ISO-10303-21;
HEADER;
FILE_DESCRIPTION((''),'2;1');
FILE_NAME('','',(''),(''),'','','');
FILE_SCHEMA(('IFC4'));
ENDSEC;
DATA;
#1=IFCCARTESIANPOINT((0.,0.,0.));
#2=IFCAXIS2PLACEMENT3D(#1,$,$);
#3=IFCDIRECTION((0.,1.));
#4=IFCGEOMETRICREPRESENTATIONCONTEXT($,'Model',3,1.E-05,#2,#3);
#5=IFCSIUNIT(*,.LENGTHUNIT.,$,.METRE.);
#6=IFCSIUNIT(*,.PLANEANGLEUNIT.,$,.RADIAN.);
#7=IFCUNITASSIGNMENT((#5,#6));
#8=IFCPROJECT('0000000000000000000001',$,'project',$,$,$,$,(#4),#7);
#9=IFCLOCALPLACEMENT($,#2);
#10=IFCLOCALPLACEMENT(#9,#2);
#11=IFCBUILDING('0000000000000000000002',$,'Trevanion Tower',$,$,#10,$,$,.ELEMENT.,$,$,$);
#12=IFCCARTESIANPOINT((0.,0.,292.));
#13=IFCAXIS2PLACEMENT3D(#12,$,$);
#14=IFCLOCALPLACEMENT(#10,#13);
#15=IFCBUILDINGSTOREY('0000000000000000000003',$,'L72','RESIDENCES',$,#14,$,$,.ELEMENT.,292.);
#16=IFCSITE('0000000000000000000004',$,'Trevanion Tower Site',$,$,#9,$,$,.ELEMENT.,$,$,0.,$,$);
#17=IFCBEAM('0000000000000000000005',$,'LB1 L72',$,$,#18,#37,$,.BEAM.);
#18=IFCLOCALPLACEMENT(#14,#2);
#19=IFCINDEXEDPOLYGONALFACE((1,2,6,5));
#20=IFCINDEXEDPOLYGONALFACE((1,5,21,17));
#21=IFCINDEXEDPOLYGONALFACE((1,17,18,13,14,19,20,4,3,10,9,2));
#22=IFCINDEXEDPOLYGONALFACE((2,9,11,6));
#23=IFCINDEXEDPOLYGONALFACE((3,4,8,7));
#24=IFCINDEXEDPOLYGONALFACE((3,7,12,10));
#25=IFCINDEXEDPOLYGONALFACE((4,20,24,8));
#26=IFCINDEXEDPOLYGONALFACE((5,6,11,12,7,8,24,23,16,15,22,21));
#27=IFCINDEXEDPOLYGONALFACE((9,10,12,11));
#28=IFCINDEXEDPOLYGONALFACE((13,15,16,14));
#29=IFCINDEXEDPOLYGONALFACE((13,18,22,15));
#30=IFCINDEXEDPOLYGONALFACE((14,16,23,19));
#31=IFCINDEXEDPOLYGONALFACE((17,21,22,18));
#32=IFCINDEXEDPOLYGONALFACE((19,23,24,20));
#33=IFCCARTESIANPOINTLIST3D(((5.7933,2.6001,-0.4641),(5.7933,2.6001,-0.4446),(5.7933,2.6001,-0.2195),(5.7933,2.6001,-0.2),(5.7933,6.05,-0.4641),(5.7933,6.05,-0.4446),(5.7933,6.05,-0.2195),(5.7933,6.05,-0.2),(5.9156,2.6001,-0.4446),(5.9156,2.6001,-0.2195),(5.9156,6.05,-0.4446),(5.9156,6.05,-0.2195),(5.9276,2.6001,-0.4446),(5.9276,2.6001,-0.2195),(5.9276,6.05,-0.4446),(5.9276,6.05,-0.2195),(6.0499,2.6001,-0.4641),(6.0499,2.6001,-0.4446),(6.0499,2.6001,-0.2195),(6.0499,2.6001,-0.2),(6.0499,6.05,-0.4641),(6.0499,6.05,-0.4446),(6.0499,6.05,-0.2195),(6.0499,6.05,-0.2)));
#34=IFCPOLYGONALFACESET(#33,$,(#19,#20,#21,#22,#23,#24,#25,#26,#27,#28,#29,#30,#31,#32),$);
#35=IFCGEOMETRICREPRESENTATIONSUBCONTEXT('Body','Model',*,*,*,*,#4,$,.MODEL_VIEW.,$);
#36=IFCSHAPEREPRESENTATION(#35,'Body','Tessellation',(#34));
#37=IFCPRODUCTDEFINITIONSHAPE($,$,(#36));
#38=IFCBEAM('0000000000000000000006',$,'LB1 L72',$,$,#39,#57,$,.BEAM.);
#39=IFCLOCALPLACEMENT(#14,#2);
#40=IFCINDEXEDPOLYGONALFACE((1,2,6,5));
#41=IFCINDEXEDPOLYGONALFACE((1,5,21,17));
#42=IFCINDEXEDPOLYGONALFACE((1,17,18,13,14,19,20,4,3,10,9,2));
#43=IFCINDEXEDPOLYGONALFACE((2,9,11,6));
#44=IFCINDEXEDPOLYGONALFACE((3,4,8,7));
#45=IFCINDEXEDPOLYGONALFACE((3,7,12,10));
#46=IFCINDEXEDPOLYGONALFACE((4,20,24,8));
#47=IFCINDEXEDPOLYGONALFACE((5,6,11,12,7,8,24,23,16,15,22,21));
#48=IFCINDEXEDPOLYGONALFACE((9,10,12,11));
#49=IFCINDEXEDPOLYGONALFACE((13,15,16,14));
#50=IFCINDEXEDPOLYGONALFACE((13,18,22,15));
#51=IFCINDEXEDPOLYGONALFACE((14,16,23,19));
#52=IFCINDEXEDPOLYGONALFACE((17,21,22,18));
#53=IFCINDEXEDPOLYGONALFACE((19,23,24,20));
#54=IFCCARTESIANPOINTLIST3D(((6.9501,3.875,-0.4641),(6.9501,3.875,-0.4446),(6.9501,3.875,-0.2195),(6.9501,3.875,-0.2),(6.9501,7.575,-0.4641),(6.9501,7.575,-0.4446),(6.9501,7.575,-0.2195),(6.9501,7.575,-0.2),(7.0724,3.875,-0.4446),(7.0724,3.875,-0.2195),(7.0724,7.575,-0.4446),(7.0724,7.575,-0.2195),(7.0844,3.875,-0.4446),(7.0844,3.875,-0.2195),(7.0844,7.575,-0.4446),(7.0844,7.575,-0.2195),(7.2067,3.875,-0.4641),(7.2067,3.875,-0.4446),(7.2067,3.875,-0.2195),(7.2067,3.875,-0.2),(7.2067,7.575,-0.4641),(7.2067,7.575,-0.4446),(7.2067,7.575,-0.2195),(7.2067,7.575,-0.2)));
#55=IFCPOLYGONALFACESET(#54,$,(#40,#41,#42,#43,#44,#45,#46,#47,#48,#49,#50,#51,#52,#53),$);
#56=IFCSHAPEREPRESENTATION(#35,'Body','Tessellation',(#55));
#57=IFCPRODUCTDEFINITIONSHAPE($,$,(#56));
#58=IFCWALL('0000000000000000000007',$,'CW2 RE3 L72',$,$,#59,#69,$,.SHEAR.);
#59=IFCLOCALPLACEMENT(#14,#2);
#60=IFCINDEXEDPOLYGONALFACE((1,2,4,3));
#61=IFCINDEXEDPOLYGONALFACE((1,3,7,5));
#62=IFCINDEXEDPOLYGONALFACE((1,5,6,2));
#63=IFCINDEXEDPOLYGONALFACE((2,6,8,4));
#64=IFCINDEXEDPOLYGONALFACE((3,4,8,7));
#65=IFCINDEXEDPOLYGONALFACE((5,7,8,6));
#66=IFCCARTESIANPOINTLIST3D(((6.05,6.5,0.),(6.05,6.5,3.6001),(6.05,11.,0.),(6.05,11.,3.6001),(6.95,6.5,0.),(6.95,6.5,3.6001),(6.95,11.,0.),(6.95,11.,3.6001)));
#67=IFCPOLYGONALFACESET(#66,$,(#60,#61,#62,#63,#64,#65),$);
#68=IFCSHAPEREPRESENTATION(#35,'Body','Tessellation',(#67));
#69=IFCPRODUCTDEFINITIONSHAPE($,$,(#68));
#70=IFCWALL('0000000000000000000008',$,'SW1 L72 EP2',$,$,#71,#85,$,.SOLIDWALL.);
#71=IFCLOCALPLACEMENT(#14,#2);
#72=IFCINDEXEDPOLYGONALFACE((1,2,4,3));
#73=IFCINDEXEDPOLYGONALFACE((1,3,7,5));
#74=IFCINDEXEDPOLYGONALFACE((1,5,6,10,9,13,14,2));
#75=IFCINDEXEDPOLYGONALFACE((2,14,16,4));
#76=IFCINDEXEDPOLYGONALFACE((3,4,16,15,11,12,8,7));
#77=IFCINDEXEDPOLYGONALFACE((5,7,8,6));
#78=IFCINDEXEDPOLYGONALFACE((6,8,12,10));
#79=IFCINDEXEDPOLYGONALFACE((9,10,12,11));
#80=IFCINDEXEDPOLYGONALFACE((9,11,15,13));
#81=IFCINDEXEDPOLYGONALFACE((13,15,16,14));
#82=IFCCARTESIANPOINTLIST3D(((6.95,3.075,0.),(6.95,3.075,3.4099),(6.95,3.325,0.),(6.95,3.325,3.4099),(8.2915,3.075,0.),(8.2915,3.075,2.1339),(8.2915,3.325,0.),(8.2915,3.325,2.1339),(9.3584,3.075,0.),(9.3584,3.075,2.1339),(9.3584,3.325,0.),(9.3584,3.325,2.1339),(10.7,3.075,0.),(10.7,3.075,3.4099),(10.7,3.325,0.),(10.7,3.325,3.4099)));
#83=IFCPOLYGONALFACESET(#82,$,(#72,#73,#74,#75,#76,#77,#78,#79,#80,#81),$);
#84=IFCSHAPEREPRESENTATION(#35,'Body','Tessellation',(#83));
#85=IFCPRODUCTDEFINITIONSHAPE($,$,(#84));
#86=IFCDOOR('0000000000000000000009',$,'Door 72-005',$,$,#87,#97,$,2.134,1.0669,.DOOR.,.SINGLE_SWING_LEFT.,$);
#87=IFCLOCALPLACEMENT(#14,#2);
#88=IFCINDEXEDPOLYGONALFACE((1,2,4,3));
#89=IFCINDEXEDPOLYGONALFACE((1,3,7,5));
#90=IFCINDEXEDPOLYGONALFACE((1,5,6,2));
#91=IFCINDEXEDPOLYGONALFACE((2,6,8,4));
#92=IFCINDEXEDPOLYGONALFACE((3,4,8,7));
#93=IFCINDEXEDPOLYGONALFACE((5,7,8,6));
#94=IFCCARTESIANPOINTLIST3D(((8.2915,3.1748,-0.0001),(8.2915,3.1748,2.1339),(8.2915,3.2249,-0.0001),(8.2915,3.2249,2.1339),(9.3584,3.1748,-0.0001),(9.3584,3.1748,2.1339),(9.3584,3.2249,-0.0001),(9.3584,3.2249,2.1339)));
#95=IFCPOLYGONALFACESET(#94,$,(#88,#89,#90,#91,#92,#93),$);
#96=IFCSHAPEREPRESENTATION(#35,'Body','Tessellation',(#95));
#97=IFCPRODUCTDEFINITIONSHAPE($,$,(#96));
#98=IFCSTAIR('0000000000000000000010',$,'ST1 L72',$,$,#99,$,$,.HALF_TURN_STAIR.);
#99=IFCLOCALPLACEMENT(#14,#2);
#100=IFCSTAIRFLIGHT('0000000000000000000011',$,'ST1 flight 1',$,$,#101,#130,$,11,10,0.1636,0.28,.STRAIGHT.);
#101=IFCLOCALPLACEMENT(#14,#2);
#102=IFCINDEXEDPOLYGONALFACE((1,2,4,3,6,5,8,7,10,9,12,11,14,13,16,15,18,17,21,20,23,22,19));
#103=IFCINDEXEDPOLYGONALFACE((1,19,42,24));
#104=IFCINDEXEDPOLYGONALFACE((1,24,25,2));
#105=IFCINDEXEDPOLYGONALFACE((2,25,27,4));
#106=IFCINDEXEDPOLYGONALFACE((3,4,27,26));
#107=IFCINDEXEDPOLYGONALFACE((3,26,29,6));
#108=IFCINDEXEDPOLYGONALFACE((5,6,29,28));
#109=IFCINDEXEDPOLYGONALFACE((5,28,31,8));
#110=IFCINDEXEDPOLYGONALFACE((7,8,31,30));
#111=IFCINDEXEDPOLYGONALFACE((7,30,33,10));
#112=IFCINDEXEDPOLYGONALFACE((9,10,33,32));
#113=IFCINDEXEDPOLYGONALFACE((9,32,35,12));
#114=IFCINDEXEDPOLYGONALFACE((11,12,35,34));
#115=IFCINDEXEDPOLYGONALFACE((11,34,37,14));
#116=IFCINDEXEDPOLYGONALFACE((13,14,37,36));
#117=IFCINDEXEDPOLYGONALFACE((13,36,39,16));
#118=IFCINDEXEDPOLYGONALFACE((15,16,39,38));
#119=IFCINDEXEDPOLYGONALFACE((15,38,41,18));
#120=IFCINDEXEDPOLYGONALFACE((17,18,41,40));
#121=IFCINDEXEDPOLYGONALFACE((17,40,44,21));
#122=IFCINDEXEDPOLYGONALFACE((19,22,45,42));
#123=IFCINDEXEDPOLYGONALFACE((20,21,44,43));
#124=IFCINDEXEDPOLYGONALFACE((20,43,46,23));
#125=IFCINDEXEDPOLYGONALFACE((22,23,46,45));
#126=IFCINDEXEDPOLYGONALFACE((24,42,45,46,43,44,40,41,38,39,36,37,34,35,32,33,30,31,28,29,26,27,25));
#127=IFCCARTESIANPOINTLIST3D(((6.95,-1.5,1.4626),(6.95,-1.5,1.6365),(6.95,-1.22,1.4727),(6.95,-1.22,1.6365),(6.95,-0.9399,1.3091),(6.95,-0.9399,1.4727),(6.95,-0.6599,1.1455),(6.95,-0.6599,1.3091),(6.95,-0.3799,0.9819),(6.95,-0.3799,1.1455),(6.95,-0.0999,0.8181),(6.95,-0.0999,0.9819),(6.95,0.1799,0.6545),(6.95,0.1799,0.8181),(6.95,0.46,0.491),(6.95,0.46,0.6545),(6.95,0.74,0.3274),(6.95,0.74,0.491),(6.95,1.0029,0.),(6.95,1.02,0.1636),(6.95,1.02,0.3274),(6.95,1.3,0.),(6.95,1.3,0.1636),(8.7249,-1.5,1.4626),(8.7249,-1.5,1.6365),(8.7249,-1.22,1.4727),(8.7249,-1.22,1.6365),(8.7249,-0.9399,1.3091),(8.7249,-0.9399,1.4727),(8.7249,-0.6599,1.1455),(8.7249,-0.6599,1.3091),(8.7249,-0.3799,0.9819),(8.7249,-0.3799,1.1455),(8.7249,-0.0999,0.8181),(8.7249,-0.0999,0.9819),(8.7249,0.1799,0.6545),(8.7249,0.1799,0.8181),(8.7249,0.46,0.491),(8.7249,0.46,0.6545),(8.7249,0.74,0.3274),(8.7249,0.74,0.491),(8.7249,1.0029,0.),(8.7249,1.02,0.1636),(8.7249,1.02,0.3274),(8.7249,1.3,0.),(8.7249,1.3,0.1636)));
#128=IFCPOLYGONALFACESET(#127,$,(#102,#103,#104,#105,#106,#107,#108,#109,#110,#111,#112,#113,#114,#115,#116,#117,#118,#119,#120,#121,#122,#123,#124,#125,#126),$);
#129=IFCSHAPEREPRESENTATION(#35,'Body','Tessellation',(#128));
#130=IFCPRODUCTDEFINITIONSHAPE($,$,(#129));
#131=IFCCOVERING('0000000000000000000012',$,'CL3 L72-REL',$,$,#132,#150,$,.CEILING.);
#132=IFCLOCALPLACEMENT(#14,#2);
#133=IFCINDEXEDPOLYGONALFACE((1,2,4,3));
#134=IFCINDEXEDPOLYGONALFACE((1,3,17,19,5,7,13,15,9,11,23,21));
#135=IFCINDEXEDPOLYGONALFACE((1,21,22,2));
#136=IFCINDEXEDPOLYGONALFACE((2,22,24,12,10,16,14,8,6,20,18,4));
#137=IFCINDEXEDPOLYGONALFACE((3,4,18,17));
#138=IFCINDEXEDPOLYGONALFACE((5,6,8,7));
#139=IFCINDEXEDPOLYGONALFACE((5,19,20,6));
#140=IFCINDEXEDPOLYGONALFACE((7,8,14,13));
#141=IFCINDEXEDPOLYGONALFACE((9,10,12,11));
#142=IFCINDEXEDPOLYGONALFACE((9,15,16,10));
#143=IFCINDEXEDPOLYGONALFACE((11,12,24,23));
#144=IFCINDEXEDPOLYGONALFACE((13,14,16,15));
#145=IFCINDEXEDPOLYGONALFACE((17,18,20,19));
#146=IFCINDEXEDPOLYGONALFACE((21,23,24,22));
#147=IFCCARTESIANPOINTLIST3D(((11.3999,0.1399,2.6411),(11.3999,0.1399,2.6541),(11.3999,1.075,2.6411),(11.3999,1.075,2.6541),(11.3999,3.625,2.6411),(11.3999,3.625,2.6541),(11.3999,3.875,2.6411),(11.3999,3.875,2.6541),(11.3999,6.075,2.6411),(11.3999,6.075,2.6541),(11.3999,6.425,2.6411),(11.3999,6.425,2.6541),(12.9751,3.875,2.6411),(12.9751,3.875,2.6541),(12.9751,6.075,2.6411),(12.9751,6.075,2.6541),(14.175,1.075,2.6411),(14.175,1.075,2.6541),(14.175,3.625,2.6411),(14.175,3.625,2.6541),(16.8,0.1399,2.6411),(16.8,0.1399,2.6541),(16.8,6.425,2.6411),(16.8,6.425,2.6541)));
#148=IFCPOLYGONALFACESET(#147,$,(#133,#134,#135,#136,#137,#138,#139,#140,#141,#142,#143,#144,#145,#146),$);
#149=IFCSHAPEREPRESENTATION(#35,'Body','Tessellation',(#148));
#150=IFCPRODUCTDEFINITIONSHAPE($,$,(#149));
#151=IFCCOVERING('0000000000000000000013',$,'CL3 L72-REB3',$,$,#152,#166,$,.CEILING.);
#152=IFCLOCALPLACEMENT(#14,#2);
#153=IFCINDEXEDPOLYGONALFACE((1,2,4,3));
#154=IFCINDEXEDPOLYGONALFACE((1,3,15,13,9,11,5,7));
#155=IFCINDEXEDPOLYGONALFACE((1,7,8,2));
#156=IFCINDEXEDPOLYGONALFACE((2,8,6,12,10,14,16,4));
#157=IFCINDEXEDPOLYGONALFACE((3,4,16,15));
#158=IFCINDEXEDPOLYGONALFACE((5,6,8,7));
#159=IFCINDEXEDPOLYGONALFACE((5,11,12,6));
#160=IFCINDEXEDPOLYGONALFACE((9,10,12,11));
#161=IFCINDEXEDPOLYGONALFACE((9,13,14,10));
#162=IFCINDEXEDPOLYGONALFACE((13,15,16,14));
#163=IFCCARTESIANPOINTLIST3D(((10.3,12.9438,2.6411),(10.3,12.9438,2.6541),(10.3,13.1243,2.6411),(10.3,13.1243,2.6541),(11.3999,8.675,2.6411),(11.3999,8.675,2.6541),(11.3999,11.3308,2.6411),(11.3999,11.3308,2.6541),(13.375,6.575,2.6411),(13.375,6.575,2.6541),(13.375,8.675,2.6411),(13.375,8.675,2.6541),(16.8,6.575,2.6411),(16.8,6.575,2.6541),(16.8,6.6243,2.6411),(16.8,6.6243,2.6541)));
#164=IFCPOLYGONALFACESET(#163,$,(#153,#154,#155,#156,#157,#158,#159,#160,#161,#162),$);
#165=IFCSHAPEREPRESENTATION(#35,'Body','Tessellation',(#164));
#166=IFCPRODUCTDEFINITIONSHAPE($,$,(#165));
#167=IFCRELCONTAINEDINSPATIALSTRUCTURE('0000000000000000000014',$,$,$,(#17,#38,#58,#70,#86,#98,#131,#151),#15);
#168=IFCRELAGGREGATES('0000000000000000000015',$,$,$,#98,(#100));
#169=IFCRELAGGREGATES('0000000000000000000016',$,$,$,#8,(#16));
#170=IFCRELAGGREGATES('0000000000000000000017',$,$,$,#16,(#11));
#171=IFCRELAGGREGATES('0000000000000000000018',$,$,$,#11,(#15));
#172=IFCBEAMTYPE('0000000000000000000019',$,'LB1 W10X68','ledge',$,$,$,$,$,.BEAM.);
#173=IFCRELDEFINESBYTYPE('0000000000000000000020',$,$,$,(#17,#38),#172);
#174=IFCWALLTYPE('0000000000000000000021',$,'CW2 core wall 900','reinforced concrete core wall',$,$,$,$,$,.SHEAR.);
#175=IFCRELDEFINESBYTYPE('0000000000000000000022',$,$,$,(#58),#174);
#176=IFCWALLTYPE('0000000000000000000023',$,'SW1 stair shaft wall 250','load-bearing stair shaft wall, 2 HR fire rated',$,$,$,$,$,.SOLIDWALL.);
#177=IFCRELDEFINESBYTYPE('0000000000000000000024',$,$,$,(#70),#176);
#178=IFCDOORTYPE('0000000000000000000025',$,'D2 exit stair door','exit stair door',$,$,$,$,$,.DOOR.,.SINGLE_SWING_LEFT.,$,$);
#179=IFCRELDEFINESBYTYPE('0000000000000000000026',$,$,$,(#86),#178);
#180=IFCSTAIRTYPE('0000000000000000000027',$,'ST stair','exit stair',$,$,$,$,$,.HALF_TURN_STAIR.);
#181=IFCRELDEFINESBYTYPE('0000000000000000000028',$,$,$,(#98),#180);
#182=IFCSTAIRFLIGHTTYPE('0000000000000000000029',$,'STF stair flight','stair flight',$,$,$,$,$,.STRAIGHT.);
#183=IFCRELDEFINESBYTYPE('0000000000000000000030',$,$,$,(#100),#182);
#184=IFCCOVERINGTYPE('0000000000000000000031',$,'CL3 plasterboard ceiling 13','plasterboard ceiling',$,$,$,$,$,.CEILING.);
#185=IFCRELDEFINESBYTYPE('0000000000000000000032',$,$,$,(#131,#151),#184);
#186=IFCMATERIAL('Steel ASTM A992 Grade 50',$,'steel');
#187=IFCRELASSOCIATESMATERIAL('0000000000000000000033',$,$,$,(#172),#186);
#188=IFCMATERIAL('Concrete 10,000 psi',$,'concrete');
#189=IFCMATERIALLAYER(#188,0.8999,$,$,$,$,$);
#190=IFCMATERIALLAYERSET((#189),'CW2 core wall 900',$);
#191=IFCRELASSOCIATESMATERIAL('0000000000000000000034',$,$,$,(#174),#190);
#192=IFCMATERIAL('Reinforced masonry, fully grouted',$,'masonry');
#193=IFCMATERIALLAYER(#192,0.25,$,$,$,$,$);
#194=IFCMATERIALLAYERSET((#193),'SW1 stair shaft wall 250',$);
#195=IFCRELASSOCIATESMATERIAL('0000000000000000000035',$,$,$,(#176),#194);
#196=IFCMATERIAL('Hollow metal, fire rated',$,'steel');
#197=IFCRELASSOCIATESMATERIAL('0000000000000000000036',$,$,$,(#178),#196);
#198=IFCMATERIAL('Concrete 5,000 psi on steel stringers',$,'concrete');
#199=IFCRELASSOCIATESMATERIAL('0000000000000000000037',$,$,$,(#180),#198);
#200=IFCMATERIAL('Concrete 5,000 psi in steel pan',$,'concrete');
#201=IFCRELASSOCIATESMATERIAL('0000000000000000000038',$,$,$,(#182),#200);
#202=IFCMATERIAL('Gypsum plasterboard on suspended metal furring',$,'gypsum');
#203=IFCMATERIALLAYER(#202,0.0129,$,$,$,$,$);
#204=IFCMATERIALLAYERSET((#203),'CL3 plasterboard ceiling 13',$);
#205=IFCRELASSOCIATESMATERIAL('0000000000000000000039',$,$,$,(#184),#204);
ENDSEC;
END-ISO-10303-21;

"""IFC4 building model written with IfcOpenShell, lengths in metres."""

from ifc_helpers import new_model, si_unit, direction, frame, frame_2d, origin, origin_2d, place, context, subcontext, project, spatial, polyline, rectangle, i_section, outline, extrude, material, layer, layer_set, material_profile, profile_set, type_object, element, fill, aggregate, save


model = new_model("IFC4")

# Units and contexts
model_context = context("Model", 3, precision=1e-05, world=origin(), true_north=direction((0.0, 1.0)))
body_context = subcontext(model_context, "Body", "Model", "MODEL_VIEW")
ifc_project = project(units=[si_unit("LENGTHUNIT", "METRE"), si_unit("PLANEANGLEUNIT", "RADIAN")], contexts=[model_context])

# Site, building, storey
site_placement = place(None, origin())
site = spatial("IfcSite", under=ifc_project, at=site_placement, Name="Trevanion Tower Site", CompositionType="ELEMENT", RefElevation=0.0)
building_placement = place(site_placement, origin())
building = spatial("IfcBuilding", under=site, at=building_placement, Name="Trevanion Tower", CompositionType="ELEMENT")
storey_placement = place(building_placement, frame((0.0, 0.0, 292.0)))
storey = spatial("IfcBuildingStorey", under=building, at=storey_placement, Name="L72", Description="RESIDENCES", CompositionType="ELEMENT", Elevation=292.0)

# Beams
ifc_material_1 = material(Name="Steel ASTM A992 Grade 50", Category="steel")
ifc_material_profile = material_profile(ifc_material_1, i_section(OverallWidth=0.2566, OverallDepth=0.2642, WebThickness=0.012, FlangeThickness=0.0195, at=origin_2d()), Name="W10X68")
ifc_profile_set = profile_set([ifc_material_profile], Name="Steel ASTM A992 Grade 50")
beam_type = type_object("IfcBeamType", Name="LB1 W10X68", Description="ledge", PredefinedType="BEAM", material=ifc_profile_set)
beam_1_placement = place(storey_placement, frame((5.9216, 2.6001, -0.332), z_axis=(0.0, 1.0, 0.0), x_axis=(-1.0, 0.0, 0.0)))
element("IfcBeam", 1, at=beam_1_placement, inside=storey, type_object=beam_type, Name="LB1 L72", PredefinedType="BEAM", context=body_context, shape_type="SweptSolid", body=[
    extrude(i_section(OverallWidth=0.2566, OverallDepth=0.2642, WebThickness=0.012, FlangeThickness=0.0195, at=origin_2d()), origin(), (0.0, 0.0, 1.0), 3.45),
])
beam_2_placement = place(storey_placement, frame((7.0784, 3.875, -0.332), z_axis=(0.0, 1.0, 0.0), x_axis=(-1.0, 0.0, 0.0)))
element("IfcBeam", 2, at=beam_2_placement, inside=storey, type_object=beam_type, Name="LB1 L72", PredefinedType="BEAM", context=body_context, shape_type="SweptSolid", body=[
    extrude(i_section(OverallWidth=0.2566, OverallDepth=0.2642, WebThickness=0.012, FlangeThickness=0.0195, at=origin_2d()), origin(), (0.0, 0.0, 1.0), 3.7),
])

# Wall
ifc_material_2 = material(Name="Concrete 10,000 psi", Category="concrete")
ifc_layer_1 = layer(ifc_material_2, 0.8999)
ifc_layer_set_1 = layer_set([ifc_layer_1], Name="CW2 core wall 900")
wall_type_1 = type_object("IfcWallType", Name="CW2 core wall 900", Description="reinforced concrete core wall", PredefinedType="SHEAR", material=ifc_layer_set_1)
wall_1_placement = place(storey_placement, frame((6.5, 6.5, 0.0), z_axis=(0.0, 0.0, 1.0), x_axis=(0.0, 1.0, 0.0)))
element("IfcWall", 3, at=wall_1_placement, inside=storey, type_object=wall_type_1, Name="CW2 RE3 L72", PredefinedType="SHEAR", context=body_context, shape_type="SweptSolid", body=[
    extrude(rectangle(XDim=4.5, YDim=0.8999, at=frame_2d((2.25, 0.0))), origin(), (0.0, 0.0, 1.0), 3.6001),
])

# Wall, opening, door
ifc_material_3 = material(Name="Reinforced masonry, fully grouted", Category="masonry")
ifc_layer_2 = layer(ifc_material_3, 0.25)
ifc_layer_set_2 = layer_set([ifc_layer_2], Name="SW1 stair shaft wall 250")
wall_type_2 = type_object("IfcWallType", Name="SW1 stair shaft wall 250", Description="load-bearing stair shaft wall, 2 HR fire rated", PredefinedType="SOLIDWALL", material=ifc_layer_set_2)
wall_2_placement = place(storey_placement, frame((6.95, 3.2, 0.0), z_axis=(0.0, 0.0, 1.0), x_axis=(1.0, 0.0, 0.0)))
wall_2 = element("IfcWall", 4, at=wall_2_placement, inside=storey, type_object=wall_type_2, Name="SW1 L72 EP2", PredefinedType="SOLIDWALL", context=body_context, shape_type="SweptSolid", body=[
    extrude(rectangle(XDim=3.75, YDim=0.25, at=frame_2d((1.875, 0.0))), origin(), (0.0, 0.0, 1.0), 3.4099),
])
opening_placement = place(wall_2_placement, frame((1.3416, 0.0, 0.0)))
opening = element("IfcOpeningElement", 5, at=opening_placement, cuts=wall_2, PredefinedType="OPENING", context=body_context, shape_type="SweptSolid", body=[
    extrude(rectangle(XDim=1.0669, YDim=2.134, at=frame_2d((0.5334, 1.0669))), frame((0.0, 0.135, 0.0), z_axis=(0.0, -1.0, 0.0), x_axis=(1.0, 0.0, 0.0)), (0.0, 0.0, 1.0), 0.27),
])
ifc_material_4 = material(Name="Hollow metal, fire rated", Category="steel")
door_type = type_object("IfcDoorType", Name="D2 exit stair door", Description="exit stair door", OperationType="SINGLE_SWING_LEFT", PredefinedType="DOOR", material=ifc_material_4)
door_placement = place(opening_placement, origin())
door = element("IfcDoor", 6, at=door_placement, inside=storey, type_object=door_type, Name="Door 72-005", OperationType="SINGLE_SWING_LEFT", OverallHeight=2.134, OverallWidth=1.0669, PredefinedType="DOOR", context=body_context, shape_type="SweptSolid", body=[
    extrude(rectangle(XDim=1.0669, YDim=2.134, at=frame_2d((0.5334, 1.0669))), frame((0.0, 0.0249, 0.0), z_axis=(0.0, -1.0, 0.0), x_axis=(1.0, 0.0, 0.0)), (0.0, 0.0, 1.0), 0.05),
])
fill(opening, door)

# Stair, stair flight
ifc_material_5 = material(Name="Concrete 5,000 psi on steel stringers", Category="concrete")
stair_type = type_object("IfcStairType", Name="ST stair", Description="exit stair", PredefinedType="HALF_TURN_STAIR", material=ifc_material_5)
stair_placement = place(storey_placement, origin())
stair = element("IfcStair", 7, at=stair_placement, inside=storey, type_object=stair_type, Name="ST1 L72", PredefinedType="HALF_TURN_STAIR")
ifc_material_6 = material(Name="Concrete 5,000 psi in steel pan", Category="concrete")
stair_flight_type = type_object("IfcStairFlightType", Name="STF stair flight", Description="stair flight", PredefinedType="STRAIGHT", material=ifc_material_6)
stair_flight_placement = place(storey_placement, frame((7.8374, 1.3, 0.0), z_axis=(0.0, 0.0, 1.0), x_axis=(0.0, -1.0, 0.0)))
stair_flight = element("IfcStairFlight", 8, at=stair_flight_placement, type_object=stair_flight_type, Name="ST1 flight 1", NumberOfRisers=11, NumberOfTreads=10, PredefinedType="STRAIGHT", RiserHeight=0.1636, TreadLength=0.28, context=body_context, shape_type="SweptSolid", body=[
    extrude(outline(polyline([(0.0, 0.0), (0.0, 0.1636), (0.28, 0.1636), (0.28, 0.3274), (0.5601, 0.3274), (0.5601, 0.491), (0.8401, 0.491), (0.8401, 0.6545), (1.1201, 0.6545), (1.1201, 0.8181), (1.3999, 0.8181), (1.3999, 0.9819), (1.6799, 0.9819), (1.6799, 1.1455), (1.96, 1.1455), (1.96, 1.3091), (2.24, 1.3091), (2.24, 1.4727), (2.52, 1.4727), (2.52, 1.6365), (2.8, 1.6365), (2.8, 1.8), (2.8, 1.4626), (0.2971, 0.0), (0.0, 0.0)])), frame((0.0, 0.8875, 0.0), z_axis=(0.0, -1.0, 0.0), x_axis=(1.0, 0.0, 0.0)), (0.0, 0.0, 1.0), 1.7749),
])
aggregate(stair, [stair_flight])

# Coverings
ifc_material_7 = material(Name="Gypsum plasterboard on suspended metal furring", Category="gypsum")
ifc_layer_3 = layer(ifc_material_7, 0.0129)
ifc_layer_set_3 = layer_set([ifc_layer_3], Name="CL3 plasterboard ceiling 13")
covering_type_1 = type_object("IfcCoveringType", Name="CL3 plasterboard ceiling 13", Description="plasterboard ceiling", PredefinedType="CEILING", material=ifc_layer_set_3)
covering_1_placement = place(storey_placement, frame((0.0, 0.0, 2.6411)))
element("IfcCovering", 9, at=covering_1_placement, inside=storey, type_object=covering_type_1, Name="CL3 L72-REL", PredefinedType="CEILING", context=body_context, shape_type="SweptSolid", body=[
    extrude(outline(polyline([(11.3999, 0.1399), (11.3999, 1.075), (14.175, 1.075), (14.175, 3.625), (11.3999, 3.625), (11.3999, 3.875), (12.9751, 3.875), (12.9751, 6.075), (11.3999, 6.075), (11.3999, 6.425), (16.8, 6.425), (16.8, 0.1399), (11.3999, 0.1399)])), origin(), (0.0, 0.0, 1.0), 0.0129),
])
covering_2_placement = place(storey_placement, frame((0.0, 0.0, 2.6411)))
element("IfcCovering", 10, at=covering_2_placement, inside=storey, type_object=covering_type_1, Name="CL3 L72-REB3", PredefinedType="CEILING", context=body_context, shape_type="SweptSolid", body=[
    extrude(outline(polyline([(13.375, 6.575), (13.375, 8.675), (11.3999, 8.675), (11.3999, 11.3308), (10.3, 12.9438), (10.3, 13.1243), (16.8, 6.6243), (16.8, 6.575), (13.375, 6.575)])), origin(), (0.0, 0.0, 1.0), 0.0129),
])

save(model, "model.ifc")
